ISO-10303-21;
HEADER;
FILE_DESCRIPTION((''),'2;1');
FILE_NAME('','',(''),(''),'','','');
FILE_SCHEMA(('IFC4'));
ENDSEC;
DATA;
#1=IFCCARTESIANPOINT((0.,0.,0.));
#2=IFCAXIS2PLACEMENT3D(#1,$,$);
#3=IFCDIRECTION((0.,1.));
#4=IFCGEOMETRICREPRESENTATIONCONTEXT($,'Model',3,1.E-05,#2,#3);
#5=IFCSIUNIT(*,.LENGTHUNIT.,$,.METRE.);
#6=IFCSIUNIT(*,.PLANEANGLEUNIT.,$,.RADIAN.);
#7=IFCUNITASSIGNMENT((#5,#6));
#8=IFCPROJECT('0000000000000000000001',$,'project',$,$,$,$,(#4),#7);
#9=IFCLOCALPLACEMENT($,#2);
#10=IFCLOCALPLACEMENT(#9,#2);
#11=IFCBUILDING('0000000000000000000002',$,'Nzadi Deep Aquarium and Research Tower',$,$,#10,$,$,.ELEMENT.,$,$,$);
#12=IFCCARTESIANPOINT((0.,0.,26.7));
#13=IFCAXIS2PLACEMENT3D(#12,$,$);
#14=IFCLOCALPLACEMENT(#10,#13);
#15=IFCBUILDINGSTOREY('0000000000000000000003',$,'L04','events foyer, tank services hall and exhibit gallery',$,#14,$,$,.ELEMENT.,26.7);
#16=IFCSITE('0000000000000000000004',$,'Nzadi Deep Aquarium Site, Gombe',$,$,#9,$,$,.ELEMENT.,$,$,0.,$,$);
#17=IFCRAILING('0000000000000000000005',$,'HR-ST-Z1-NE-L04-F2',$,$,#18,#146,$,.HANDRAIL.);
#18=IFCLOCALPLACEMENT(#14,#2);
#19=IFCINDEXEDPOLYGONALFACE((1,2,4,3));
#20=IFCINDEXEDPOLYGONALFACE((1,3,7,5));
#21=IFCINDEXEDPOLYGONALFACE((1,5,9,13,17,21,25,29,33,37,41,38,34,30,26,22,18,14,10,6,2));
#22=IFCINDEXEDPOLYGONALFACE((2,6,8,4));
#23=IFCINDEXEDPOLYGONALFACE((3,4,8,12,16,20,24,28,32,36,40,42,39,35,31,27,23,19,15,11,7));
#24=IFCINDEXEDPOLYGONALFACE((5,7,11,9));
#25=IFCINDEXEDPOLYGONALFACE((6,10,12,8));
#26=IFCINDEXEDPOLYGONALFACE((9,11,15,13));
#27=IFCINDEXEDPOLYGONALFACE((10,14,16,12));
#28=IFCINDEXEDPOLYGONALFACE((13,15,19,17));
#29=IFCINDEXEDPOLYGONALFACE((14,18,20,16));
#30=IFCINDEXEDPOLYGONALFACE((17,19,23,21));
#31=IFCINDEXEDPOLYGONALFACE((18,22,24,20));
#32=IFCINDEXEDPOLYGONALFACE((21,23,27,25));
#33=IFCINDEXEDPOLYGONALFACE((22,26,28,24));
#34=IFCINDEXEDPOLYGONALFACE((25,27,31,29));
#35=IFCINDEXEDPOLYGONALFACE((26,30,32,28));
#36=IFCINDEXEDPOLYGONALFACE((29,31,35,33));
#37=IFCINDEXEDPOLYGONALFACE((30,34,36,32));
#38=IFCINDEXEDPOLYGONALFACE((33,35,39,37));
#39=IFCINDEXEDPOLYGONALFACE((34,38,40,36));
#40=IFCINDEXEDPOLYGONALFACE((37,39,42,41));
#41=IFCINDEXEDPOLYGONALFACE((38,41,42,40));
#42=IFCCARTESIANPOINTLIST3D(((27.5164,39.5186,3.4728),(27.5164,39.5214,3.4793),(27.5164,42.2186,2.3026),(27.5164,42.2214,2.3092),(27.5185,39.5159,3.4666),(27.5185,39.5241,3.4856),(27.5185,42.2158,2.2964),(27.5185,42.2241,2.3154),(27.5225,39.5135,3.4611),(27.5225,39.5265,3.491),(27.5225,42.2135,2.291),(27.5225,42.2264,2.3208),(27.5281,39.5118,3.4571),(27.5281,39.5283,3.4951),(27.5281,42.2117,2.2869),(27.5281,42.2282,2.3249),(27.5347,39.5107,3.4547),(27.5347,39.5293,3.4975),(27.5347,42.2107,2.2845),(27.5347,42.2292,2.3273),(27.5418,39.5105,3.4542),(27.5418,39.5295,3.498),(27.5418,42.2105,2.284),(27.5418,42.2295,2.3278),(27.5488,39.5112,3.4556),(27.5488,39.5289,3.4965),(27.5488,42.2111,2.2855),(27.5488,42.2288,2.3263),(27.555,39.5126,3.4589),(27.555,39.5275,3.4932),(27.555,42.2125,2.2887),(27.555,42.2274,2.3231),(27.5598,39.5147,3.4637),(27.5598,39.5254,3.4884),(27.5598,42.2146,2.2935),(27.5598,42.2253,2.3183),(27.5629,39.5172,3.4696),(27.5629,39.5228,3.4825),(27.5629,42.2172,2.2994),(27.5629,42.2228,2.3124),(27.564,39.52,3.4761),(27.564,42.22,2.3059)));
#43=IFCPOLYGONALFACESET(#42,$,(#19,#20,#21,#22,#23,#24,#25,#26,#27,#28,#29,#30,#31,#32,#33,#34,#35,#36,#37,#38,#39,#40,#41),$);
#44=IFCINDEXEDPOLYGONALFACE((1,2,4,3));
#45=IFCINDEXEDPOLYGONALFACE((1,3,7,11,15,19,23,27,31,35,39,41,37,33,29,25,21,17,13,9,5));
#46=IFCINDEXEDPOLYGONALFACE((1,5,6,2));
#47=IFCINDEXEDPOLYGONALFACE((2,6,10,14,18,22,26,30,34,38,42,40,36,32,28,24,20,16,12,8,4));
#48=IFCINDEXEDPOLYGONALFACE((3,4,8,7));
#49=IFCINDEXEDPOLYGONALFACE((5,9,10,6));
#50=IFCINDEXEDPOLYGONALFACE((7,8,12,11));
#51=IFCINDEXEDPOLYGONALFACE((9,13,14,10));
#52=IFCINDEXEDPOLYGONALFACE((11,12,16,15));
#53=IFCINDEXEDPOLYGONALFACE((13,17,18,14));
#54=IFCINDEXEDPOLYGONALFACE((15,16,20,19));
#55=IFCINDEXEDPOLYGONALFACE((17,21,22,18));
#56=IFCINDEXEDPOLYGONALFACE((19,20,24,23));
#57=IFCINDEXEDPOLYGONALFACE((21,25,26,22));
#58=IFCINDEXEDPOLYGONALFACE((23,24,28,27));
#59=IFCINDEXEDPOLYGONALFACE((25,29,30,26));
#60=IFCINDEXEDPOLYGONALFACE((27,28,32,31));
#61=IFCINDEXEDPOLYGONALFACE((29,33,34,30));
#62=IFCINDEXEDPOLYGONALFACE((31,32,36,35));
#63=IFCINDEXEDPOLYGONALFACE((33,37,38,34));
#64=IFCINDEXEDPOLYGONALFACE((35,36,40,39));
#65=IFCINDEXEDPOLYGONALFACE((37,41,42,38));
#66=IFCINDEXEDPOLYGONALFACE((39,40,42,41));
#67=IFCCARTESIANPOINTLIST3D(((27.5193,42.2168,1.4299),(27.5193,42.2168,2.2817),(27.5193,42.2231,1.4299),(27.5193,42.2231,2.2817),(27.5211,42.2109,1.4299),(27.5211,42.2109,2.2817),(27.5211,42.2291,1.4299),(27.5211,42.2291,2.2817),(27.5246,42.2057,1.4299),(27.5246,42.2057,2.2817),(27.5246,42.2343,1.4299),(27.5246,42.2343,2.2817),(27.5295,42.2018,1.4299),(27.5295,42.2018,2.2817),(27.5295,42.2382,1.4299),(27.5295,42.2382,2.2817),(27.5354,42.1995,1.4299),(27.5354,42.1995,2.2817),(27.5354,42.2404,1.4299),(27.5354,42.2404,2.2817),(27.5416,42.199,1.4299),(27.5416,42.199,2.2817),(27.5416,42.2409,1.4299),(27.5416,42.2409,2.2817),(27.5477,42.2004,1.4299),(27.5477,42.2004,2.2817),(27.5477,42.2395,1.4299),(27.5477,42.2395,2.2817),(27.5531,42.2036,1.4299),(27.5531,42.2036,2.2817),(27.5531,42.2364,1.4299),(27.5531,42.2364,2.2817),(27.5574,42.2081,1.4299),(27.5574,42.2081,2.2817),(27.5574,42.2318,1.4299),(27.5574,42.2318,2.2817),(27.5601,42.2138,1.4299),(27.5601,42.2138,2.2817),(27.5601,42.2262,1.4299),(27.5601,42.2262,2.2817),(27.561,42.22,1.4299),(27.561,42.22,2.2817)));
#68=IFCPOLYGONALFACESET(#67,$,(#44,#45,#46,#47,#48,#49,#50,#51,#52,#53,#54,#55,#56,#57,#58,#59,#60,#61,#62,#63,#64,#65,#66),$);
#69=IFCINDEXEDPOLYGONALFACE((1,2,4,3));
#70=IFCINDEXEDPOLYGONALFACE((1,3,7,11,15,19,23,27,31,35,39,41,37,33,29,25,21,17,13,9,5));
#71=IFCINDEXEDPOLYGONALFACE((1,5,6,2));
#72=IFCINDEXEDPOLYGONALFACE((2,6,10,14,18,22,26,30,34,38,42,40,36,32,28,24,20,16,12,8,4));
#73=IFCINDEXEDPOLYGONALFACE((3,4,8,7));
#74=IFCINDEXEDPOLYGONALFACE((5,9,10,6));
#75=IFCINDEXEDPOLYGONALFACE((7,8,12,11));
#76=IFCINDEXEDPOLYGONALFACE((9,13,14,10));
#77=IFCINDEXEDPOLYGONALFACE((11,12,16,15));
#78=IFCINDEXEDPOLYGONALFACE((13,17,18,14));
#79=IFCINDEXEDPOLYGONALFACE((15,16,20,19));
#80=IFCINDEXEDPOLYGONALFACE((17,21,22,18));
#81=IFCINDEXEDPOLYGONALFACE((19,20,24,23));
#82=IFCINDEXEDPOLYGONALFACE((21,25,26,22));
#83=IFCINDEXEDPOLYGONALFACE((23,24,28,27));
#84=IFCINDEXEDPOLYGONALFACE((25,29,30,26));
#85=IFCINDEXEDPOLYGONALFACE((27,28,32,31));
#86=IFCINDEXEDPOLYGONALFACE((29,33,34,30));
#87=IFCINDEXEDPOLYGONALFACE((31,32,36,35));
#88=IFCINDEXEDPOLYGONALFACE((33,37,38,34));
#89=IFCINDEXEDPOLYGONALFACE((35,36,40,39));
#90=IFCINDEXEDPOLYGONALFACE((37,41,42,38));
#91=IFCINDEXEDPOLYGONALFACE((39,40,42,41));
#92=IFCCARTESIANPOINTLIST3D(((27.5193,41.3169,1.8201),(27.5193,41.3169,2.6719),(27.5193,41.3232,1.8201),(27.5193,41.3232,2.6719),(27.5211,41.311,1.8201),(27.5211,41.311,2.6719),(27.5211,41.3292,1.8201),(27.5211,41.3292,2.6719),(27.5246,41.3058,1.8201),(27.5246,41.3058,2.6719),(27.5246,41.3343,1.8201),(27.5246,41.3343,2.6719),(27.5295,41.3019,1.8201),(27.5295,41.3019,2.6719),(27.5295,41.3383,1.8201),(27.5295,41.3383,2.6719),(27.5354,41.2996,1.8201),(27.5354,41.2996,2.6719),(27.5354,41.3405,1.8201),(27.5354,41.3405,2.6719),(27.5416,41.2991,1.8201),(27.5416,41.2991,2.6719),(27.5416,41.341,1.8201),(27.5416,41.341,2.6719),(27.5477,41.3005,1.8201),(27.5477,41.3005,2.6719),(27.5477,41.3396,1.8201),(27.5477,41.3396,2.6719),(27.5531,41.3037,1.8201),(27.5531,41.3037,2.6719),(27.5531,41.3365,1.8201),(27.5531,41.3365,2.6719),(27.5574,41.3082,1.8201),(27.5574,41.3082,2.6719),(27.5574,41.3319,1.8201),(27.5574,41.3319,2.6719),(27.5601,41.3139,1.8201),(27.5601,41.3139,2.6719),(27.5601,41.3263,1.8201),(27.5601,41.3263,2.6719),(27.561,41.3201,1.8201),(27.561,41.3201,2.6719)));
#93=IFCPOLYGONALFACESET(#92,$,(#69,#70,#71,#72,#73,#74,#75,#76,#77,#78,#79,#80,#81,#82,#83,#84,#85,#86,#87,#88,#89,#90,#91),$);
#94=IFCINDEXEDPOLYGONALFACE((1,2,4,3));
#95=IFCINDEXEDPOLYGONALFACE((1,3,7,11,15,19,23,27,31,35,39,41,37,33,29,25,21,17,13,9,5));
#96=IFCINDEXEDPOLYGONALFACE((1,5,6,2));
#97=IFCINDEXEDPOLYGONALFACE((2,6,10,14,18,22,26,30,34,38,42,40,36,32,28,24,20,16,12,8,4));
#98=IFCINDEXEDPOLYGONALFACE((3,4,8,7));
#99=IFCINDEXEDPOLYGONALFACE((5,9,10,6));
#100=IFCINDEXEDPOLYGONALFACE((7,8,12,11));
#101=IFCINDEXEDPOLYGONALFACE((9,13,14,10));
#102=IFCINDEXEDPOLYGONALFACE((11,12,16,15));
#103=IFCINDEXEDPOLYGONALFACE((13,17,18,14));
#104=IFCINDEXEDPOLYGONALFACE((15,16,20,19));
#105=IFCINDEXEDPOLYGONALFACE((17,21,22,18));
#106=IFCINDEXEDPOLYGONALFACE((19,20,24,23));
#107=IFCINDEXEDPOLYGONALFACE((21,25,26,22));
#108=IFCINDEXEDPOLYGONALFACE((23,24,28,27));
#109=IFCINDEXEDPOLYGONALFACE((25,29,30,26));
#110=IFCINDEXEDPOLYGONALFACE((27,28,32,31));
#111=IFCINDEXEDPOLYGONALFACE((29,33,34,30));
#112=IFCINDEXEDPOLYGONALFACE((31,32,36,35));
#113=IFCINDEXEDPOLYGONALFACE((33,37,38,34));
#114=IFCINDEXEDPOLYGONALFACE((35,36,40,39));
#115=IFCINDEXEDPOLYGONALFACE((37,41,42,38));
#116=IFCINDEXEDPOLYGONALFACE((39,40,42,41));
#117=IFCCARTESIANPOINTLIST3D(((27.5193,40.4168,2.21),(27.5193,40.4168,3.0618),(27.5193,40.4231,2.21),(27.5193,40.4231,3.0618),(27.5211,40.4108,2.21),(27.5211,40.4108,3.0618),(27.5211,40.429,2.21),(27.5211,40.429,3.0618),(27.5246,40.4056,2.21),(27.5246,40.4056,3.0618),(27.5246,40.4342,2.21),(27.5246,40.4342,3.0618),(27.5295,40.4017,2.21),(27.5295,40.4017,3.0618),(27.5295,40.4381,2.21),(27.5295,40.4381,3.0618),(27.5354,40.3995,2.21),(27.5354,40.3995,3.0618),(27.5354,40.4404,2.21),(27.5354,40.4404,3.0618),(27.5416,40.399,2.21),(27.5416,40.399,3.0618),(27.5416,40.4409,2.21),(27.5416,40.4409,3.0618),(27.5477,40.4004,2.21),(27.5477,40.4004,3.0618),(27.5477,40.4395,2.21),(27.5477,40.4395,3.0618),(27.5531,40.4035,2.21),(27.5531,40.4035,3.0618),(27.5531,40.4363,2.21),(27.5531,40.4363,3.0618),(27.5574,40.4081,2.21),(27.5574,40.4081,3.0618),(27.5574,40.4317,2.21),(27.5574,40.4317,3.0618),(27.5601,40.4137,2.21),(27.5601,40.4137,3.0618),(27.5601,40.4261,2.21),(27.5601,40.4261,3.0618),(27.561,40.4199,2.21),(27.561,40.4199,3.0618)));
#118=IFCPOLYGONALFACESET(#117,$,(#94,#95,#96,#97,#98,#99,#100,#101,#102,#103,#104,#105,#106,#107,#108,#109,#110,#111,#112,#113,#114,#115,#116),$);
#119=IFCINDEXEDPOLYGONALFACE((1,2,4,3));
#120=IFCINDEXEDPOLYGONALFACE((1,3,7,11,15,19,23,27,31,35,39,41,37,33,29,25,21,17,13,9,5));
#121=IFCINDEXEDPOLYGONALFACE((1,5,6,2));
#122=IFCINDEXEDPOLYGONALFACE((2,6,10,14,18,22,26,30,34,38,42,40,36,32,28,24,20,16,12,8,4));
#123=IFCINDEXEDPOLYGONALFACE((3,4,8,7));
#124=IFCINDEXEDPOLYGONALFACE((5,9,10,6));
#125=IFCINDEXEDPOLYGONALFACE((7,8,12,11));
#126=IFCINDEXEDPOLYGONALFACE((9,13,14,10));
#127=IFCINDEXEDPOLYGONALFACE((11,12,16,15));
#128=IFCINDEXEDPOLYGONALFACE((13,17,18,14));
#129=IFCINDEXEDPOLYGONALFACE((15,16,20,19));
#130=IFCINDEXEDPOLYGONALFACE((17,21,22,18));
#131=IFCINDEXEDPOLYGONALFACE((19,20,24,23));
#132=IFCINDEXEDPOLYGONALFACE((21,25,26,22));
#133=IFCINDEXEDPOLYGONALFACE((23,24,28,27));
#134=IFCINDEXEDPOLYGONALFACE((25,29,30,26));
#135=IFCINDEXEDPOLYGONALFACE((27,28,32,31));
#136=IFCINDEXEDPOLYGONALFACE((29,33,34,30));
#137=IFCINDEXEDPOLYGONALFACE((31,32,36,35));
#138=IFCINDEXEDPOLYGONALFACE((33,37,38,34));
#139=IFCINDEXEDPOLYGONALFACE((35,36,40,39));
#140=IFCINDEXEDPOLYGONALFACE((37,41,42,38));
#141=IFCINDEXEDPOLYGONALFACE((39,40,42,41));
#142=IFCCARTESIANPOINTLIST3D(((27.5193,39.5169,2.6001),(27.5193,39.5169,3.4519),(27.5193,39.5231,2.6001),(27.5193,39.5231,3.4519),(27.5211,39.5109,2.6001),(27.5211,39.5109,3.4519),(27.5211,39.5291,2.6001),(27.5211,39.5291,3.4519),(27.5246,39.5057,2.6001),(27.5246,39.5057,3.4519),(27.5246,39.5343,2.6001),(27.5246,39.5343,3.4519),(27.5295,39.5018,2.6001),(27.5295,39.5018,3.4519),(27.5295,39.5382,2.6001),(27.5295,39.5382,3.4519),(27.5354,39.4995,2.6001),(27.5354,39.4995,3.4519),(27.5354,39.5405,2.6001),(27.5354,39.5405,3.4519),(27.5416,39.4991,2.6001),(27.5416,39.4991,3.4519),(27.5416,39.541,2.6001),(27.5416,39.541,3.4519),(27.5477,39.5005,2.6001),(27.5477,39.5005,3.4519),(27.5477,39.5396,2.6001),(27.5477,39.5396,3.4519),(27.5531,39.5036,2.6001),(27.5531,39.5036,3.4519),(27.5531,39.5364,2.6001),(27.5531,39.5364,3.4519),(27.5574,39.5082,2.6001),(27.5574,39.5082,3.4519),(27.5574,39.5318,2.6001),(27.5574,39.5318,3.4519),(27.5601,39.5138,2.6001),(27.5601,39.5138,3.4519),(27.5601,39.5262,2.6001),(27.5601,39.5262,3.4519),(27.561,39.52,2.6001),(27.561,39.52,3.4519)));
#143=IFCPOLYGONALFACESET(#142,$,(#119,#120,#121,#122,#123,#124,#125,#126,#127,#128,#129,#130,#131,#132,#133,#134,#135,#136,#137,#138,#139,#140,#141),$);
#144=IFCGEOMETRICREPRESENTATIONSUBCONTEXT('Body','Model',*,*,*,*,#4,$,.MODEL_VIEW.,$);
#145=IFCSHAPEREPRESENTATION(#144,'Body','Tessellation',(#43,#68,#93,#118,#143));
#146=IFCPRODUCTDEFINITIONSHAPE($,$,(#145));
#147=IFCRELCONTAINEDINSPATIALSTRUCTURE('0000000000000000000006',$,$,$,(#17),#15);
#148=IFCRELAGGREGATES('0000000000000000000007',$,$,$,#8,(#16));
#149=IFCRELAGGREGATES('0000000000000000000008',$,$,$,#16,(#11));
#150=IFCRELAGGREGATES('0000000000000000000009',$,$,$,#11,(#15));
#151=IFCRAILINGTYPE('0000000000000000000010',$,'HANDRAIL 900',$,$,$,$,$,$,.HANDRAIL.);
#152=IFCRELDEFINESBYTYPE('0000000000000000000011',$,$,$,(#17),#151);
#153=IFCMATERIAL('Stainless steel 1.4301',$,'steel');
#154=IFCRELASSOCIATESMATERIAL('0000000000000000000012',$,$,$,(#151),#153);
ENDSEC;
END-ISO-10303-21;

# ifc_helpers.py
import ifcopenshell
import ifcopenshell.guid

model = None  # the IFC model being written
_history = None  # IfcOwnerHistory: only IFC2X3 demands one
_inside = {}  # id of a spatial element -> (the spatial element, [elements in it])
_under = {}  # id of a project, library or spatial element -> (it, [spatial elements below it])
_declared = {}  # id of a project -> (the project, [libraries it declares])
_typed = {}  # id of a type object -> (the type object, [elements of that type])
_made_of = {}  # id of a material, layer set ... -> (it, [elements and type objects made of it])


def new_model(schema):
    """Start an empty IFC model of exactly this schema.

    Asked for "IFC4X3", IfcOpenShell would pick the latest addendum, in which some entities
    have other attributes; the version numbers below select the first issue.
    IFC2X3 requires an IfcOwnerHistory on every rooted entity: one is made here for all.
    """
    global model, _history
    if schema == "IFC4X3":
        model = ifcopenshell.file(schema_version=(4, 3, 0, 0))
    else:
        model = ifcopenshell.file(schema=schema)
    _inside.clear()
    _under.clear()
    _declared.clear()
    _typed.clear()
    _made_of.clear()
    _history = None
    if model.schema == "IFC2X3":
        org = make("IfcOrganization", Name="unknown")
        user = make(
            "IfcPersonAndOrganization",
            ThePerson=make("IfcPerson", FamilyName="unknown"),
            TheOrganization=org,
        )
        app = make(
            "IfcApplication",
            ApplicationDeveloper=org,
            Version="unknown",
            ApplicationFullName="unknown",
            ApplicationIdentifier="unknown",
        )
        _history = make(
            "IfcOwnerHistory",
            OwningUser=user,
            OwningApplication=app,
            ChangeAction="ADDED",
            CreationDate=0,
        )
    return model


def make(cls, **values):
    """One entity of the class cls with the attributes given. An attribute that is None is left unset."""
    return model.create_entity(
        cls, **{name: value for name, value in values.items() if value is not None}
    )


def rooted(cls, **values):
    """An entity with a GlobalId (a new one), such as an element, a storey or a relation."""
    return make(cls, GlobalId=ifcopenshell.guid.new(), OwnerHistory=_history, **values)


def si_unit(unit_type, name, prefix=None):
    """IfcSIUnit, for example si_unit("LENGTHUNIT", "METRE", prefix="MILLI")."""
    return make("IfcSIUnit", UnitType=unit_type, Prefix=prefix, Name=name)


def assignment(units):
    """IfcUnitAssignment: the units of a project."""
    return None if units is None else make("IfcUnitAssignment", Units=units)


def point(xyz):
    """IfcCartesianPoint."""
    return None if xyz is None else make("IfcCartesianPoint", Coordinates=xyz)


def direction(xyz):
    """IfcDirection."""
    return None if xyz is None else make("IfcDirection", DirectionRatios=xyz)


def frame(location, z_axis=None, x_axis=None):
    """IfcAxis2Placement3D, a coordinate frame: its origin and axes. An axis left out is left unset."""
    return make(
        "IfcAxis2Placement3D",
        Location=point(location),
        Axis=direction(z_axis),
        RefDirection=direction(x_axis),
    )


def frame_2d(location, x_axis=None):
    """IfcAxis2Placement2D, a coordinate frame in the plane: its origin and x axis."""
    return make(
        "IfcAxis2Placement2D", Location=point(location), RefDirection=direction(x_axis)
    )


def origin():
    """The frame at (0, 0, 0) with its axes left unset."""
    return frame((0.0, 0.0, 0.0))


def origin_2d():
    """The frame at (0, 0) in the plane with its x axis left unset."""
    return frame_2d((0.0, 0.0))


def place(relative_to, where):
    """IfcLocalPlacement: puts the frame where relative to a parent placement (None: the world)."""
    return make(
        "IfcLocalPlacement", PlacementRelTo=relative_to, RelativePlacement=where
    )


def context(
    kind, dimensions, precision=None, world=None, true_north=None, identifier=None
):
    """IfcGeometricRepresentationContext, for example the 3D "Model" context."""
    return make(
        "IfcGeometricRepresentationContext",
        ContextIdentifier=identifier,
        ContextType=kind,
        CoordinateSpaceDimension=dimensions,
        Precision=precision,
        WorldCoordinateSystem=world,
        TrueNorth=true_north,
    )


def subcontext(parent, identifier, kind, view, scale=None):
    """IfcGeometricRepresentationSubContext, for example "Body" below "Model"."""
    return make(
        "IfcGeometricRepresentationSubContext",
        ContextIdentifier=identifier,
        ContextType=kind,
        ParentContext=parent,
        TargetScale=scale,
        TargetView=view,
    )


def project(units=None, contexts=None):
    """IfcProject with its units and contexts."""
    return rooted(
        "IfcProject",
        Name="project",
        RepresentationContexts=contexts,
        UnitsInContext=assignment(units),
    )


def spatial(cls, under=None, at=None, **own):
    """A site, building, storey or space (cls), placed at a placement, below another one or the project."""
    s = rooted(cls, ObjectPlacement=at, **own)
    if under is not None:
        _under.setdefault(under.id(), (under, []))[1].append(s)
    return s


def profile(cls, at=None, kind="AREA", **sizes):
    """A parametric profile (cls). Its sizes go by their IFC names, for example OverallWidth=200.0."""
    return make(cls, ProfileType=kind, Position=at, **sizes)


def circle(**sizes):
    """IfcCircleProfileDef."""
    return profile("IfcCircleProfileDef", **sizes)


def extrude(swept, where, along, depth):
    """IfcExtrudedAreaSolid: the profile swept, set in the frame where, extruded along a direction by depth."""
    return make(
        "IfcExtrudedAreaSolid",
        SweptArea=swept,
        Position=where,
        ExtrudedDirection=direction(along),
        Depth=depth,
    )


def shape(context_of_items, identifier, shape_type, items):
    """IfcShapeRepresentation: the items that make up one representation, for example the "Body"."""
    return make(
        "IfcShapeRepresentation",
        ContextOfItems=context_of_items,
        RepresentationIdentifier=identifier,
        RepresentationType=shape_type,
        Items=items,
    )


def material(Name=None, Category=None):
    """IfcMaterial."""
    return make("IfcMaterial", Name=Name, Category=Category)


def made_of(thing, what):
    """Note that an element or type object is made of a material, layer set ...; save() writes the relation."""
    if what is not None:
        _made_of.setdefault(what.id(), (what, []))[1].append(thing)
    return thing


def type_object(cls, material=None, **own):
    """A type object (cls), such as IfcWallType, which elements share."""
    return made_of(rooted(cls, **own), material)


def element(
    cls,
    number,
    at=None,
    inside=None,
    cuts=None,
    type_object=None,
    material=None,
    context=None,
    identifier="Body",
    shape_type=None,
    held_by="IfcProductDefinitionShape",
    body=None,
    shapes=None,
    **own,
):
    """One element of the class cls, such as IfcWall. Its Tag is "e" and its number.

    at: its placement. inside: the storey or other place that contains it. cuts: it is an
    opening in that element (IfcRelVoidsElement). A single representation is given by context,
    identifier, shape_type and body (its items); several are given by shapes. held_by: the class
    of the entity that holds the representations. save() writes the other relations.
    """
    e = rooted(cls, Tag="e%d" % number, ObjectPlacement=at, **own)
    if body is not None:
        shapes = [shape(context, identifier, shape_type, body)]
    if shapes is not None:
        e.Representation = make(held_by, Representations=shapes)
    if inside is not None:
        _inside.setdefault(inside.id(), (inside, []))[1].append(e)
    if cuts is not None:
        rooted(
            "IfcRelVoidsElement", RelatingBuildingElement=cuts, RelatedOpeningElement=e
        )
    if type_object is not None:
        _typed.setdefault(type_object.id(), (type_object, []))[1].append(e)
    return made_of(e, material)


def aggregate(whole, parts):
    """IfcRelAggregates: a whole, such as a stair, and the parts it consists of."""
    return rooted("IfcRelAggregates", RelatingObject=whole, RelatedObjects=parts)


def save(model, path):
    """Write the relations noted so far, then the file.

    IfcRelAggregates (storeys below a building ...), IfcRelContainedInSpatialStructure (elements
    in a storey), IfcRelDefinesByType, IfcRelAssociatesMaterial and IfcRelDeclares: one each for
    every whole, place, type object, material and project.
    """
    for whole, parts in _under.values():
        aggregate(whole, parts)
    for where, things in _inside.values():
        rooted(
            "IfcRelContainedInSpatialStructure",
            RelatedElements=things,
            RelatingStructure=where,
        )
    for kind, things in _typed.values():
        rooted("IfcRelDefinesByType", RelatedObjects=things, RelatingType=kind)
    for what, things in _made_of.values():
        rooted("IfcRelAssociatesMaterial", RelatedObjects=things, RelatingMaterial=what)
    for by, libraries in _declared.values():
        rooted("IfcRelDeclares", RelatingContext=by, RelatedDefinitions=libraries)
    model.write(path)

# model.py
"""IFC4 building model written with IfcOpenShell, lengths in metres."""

from ifc_helpers import new_model, si_unit, direction, frame, origin, origin_2d, place, context, subcontext, project, spatial, circle, extrude, material, type_object, element, save


model = new_model("IFC4")

# Units and contexts
model_context = context("Model", 3, precision=1e-05, world=origin(), true_north=direction((0.0, 1.0)))
body_context = subcontext(model_context, "Body", "Model", "MODEL_VIEW")
ifc_project = project(units=[si_unit("LENGTHUNIT", "METRE"), si_unit("PLANEANGLEUNIT", "RADIAN")], contexts=[model_context])

# Site, building, storey
site_placement = place(None, origin())
site = spatial("IfcSite", under=ifc_project, at=site_placement, Name="Nzadi Deep Aquarium Site, Gombe", CompositionType="ELEMENT", RefElevation=0.0)
building_placement = place(site_placement, origin())
building = spatial("IfcBuilding", under=site, at=building_placement, Name="Nzadi Deep Aquarium and Research Tower", CompositionType="ELEMENT")
storey_placement = place(building_placement, frame((0.0, 0.0, 26.7)))
storey = spatial("IfcBuildingStorey", under=building, at=storey_placement, Name="L04", Description="events foyer, tank services hall and exhibit gallery", CompositionType="ELEMENT", Elevation=26.7)

# Railing
ifc_material_1 = material(Name="Stainless steel 1.4301", Category="steel")
railing_type = type_object("IfcRailingType", Name="HANDRAIL 900", PredefinedType="HANDRAIL", material=ifc_material_1)
for number, where, name in (
    (1, (27.54, 42.22, 1.4299), "HR-ST-Z1-NE-L04-F2"),
):
    element("IfcRailing", number, at=place(storey_placement, frame(where)), inside=storey, type_object=railing_type, Name=name, PredefinedType="HANDRAIL", context=body_context, shape_type="SweptSolid", body=[
        extrude(circle(Radius=0.0239, at=origin_2d()), frame((0.0, 0.0, 0.876), z_axis=(0.0, -0.917532, 0.397661), x_axis=(1.0, 0.0, 0.0)), (0.0, 0.0, 1.0), 2.9426),
        extrude(circle(Radius=0.021, at=origin_2d()), origin(), (0.0, 0.0, 1.0), 0.8518),
        extrude(circle(Radius=0.021, at=origin_2d()), frame((0.0, -0.8999, 0.3901)), (0.0, 0.0, 1.0), 0.8518),
        extrude(circle(Radius=0.021, at=origin_2d()), frame((0.0, -1.8, 0.78)), (0.0, 0.0, 1.0), 0.8518),
        extrude(circle(Radius=0.021, at=origin_2d()), frame((0.0, -2.7, 1.1702)), (0.0, 0.0, 1.0), 0.8518),
    ])

save(model, "model.ifc")
